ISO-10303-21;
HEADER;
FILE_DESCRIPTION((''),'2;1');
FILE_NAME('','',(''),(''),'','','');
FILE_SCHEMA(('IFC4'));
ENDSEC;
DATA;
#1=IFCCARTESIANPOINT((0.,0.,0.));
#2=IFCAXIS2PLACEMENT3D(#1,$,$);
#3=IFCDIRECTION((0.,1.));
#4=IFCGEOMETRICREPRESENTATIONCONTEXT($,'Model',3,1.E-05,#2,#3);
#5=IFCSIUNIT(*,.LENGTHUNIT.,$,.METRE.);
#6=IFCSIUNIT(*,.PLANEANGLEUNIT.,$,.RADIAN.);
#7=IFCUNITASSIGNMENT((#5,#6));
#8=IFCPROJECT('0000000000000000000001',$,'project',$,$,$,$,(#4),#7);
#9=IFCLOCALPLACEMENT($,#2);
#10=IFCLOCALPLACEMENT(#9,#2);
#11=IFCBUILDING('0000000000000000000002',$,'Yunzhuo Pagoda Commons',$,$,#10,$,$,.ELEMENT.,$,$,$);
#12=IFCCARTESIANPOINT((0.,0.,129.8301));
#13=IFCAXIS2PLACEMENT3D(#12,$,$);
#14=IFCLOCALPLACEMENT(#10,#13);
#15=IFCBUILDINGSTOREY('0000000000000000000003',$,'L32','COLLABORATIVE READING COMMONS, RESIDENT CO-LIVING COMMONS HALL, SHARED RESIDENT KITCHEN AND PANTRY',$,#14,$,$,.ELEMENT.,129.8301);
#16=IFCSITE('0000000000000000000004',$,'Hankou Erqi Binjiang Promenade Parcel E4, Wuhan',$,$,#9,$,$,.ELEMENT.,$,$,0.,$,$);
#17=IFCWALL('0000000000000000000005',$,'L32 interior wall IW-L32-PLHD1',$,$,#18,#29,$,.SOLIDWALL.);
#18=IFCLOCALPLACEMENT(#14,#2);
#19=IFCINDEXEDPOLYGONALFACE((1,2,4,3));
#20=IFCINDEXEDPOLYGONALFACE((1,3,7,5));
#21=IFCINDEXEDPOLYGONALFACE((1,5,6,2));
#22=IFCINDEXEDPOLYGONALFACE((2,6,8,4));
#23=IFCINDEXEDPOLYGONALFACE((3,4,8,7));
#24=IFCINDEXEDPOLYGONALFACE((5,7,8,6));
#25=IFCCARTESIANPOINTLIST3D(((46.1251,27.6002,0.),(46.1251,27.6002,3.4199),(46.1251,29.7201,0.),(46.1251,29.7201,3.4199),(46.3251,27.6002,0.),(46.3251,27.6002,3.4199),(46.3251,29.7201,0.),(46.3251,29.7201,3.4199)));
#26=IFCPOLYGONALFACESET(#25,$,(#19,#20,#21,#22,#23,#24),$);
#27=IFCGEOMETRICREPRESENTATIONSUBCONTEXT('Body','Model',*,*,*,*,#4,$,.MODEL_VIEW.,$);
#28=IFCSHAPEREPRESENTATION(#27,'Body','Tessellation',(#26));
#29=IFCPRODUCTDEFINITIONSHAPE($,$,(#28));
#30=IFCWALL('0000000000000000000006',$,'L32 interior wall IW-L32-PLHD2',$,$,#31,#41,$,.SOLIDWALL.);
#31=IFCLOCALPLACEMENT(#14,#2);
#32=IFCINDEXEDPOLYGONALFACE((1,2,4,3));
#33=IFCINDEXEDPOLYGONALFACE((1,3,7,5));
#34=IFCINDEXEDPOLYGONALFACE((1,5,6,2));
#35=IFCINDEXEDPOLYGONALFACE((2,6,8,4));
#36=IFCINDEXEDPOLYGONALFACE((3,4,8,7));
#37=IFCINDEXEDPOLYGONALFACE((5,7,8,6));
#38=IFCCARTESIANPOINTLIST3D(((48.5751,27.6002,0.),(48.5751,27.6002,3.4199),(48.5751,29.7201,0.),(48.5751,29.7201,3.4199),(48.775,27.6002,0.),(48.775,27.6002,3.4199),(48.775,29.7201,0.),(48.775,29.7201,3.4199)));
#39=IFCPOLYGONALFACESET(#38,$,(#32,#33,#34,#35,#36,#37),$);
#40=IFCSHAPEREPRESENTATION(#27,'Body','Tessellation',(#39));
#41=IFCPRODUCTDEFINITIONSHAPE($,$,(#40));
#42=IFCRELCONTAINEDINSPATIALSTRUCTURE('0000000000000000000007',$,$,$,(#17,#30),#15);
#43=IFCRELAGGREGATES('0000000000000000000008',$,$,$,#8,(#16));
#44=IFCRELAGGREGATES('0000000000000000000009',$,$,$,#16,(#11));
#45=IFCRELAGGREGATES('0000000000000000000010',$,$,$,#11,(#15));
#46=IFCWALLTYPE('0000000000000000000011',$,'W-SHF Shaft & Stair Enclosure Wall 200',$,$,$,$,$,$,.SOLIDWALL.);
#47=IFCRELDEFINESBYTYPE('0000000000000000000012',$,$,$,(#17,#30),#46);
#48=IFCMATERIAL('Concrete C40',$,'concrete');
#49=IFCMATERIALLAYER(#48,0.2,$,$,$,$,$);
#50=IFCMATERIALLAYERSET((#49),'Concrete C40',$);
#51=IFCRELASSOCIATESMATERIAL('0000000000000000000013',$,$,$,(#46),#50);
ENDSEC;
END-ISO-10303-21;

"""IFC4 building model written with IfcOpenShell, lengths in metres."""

from ifc_helpers import new_model, si_unit, direction, frame, frame_2d, origin, place, context, subcontext, project, spatial, rectangle, extrude, material, layer, layer_set, type_object, element, save


model = new_model("IFC4")

# Units and contexts
model_context = context("Model", 3, precision=1e-05, world=origin(), true_north=direction((0.0, 1.0)))
body_context = subcontext(model_context, "Body", "Model", "MODEL_VIEW")
ifc_project = project(units=[si_unit("LENGTHUNIT", "METRE"), si_unit("PLANEANGLEUNIT", "RADIAN")], contexts=[model_context])

# Site, building, storey
site_placement = place(None, origin())
site = spatial("IfcSite", under=ifc_project, at=site_placement, Name="Hankou Erqi Binjiang Promenade Parcel E4, Wuhan", CompositionType="ELEMENT", RefElevation=0.0)
building_placement = place(site_placement, origin())
building = spatial("IfcBuilding", under=site, at=building_placement, Name="Yunzhuo Pagoda Commons", CompositionType="ELEMENT")
storey_placement = place(building_placement, frame((0.0, 0.0, 129.8301)))
storey = spatial("IfcBuildingStorey", under=building, at=storey_placement, Name="L32", Description="COLLABORATIVE READING COMMONS, RESIDENT CO-LIVING COMMONS HALL, SHARED RESIDENT KITCHEN AND PANTRY", CompositionType="ELEMENT", Elevation=129.8301)

# Shared definitions
ifc_material_1 = material(Name="Concrete C40", Category="concrete")
ifc_layer_1 = layer(ifc_material_1, 0.2)
ifc_layer_set_1 = layer_set([ifc_layer_1], Name="Concrete C40")
wall_type_1 = type_object("IfcWallType", Name="W-SHF Shaft & Stair Enclosure Wall 200", PredefinedType="SOLIDWALL", material=ifc_layer_set_1)

# Walls
for number, where, z_axis, x_axis, name in (
    (1, (46.2251, 27.6001, 0.0), (0.0, 0.0, 1.0), (0.0, 1.0, 0.0), "L32 interior wall IW-L32-PLHD1"),
    (2, (48.675, 27.6001, 0.0), (0.0, 0.0, 1.0), (0.0, 1.0, 0.0), "L32 interior wall IW-L32-PLHD2"),
):
    element("IfcWall", number, at=place(storey_placement, frame(where, z_axis=z_axis, x_axis=x_axis)), inside=storey, type_object=wall_type_1, Name=name, PredefinedType="SOLIDWALL", context=body_context, shape_type="SweptSolid", body=[
        extrude(rectangle(XDim=2.1199, YDim=0.2, at=frame_2d((1.0601, 0.0))), origin(), (0.0, 0.0, 1.0), 3.4199),
    ])

save(model, "model.ifc")
